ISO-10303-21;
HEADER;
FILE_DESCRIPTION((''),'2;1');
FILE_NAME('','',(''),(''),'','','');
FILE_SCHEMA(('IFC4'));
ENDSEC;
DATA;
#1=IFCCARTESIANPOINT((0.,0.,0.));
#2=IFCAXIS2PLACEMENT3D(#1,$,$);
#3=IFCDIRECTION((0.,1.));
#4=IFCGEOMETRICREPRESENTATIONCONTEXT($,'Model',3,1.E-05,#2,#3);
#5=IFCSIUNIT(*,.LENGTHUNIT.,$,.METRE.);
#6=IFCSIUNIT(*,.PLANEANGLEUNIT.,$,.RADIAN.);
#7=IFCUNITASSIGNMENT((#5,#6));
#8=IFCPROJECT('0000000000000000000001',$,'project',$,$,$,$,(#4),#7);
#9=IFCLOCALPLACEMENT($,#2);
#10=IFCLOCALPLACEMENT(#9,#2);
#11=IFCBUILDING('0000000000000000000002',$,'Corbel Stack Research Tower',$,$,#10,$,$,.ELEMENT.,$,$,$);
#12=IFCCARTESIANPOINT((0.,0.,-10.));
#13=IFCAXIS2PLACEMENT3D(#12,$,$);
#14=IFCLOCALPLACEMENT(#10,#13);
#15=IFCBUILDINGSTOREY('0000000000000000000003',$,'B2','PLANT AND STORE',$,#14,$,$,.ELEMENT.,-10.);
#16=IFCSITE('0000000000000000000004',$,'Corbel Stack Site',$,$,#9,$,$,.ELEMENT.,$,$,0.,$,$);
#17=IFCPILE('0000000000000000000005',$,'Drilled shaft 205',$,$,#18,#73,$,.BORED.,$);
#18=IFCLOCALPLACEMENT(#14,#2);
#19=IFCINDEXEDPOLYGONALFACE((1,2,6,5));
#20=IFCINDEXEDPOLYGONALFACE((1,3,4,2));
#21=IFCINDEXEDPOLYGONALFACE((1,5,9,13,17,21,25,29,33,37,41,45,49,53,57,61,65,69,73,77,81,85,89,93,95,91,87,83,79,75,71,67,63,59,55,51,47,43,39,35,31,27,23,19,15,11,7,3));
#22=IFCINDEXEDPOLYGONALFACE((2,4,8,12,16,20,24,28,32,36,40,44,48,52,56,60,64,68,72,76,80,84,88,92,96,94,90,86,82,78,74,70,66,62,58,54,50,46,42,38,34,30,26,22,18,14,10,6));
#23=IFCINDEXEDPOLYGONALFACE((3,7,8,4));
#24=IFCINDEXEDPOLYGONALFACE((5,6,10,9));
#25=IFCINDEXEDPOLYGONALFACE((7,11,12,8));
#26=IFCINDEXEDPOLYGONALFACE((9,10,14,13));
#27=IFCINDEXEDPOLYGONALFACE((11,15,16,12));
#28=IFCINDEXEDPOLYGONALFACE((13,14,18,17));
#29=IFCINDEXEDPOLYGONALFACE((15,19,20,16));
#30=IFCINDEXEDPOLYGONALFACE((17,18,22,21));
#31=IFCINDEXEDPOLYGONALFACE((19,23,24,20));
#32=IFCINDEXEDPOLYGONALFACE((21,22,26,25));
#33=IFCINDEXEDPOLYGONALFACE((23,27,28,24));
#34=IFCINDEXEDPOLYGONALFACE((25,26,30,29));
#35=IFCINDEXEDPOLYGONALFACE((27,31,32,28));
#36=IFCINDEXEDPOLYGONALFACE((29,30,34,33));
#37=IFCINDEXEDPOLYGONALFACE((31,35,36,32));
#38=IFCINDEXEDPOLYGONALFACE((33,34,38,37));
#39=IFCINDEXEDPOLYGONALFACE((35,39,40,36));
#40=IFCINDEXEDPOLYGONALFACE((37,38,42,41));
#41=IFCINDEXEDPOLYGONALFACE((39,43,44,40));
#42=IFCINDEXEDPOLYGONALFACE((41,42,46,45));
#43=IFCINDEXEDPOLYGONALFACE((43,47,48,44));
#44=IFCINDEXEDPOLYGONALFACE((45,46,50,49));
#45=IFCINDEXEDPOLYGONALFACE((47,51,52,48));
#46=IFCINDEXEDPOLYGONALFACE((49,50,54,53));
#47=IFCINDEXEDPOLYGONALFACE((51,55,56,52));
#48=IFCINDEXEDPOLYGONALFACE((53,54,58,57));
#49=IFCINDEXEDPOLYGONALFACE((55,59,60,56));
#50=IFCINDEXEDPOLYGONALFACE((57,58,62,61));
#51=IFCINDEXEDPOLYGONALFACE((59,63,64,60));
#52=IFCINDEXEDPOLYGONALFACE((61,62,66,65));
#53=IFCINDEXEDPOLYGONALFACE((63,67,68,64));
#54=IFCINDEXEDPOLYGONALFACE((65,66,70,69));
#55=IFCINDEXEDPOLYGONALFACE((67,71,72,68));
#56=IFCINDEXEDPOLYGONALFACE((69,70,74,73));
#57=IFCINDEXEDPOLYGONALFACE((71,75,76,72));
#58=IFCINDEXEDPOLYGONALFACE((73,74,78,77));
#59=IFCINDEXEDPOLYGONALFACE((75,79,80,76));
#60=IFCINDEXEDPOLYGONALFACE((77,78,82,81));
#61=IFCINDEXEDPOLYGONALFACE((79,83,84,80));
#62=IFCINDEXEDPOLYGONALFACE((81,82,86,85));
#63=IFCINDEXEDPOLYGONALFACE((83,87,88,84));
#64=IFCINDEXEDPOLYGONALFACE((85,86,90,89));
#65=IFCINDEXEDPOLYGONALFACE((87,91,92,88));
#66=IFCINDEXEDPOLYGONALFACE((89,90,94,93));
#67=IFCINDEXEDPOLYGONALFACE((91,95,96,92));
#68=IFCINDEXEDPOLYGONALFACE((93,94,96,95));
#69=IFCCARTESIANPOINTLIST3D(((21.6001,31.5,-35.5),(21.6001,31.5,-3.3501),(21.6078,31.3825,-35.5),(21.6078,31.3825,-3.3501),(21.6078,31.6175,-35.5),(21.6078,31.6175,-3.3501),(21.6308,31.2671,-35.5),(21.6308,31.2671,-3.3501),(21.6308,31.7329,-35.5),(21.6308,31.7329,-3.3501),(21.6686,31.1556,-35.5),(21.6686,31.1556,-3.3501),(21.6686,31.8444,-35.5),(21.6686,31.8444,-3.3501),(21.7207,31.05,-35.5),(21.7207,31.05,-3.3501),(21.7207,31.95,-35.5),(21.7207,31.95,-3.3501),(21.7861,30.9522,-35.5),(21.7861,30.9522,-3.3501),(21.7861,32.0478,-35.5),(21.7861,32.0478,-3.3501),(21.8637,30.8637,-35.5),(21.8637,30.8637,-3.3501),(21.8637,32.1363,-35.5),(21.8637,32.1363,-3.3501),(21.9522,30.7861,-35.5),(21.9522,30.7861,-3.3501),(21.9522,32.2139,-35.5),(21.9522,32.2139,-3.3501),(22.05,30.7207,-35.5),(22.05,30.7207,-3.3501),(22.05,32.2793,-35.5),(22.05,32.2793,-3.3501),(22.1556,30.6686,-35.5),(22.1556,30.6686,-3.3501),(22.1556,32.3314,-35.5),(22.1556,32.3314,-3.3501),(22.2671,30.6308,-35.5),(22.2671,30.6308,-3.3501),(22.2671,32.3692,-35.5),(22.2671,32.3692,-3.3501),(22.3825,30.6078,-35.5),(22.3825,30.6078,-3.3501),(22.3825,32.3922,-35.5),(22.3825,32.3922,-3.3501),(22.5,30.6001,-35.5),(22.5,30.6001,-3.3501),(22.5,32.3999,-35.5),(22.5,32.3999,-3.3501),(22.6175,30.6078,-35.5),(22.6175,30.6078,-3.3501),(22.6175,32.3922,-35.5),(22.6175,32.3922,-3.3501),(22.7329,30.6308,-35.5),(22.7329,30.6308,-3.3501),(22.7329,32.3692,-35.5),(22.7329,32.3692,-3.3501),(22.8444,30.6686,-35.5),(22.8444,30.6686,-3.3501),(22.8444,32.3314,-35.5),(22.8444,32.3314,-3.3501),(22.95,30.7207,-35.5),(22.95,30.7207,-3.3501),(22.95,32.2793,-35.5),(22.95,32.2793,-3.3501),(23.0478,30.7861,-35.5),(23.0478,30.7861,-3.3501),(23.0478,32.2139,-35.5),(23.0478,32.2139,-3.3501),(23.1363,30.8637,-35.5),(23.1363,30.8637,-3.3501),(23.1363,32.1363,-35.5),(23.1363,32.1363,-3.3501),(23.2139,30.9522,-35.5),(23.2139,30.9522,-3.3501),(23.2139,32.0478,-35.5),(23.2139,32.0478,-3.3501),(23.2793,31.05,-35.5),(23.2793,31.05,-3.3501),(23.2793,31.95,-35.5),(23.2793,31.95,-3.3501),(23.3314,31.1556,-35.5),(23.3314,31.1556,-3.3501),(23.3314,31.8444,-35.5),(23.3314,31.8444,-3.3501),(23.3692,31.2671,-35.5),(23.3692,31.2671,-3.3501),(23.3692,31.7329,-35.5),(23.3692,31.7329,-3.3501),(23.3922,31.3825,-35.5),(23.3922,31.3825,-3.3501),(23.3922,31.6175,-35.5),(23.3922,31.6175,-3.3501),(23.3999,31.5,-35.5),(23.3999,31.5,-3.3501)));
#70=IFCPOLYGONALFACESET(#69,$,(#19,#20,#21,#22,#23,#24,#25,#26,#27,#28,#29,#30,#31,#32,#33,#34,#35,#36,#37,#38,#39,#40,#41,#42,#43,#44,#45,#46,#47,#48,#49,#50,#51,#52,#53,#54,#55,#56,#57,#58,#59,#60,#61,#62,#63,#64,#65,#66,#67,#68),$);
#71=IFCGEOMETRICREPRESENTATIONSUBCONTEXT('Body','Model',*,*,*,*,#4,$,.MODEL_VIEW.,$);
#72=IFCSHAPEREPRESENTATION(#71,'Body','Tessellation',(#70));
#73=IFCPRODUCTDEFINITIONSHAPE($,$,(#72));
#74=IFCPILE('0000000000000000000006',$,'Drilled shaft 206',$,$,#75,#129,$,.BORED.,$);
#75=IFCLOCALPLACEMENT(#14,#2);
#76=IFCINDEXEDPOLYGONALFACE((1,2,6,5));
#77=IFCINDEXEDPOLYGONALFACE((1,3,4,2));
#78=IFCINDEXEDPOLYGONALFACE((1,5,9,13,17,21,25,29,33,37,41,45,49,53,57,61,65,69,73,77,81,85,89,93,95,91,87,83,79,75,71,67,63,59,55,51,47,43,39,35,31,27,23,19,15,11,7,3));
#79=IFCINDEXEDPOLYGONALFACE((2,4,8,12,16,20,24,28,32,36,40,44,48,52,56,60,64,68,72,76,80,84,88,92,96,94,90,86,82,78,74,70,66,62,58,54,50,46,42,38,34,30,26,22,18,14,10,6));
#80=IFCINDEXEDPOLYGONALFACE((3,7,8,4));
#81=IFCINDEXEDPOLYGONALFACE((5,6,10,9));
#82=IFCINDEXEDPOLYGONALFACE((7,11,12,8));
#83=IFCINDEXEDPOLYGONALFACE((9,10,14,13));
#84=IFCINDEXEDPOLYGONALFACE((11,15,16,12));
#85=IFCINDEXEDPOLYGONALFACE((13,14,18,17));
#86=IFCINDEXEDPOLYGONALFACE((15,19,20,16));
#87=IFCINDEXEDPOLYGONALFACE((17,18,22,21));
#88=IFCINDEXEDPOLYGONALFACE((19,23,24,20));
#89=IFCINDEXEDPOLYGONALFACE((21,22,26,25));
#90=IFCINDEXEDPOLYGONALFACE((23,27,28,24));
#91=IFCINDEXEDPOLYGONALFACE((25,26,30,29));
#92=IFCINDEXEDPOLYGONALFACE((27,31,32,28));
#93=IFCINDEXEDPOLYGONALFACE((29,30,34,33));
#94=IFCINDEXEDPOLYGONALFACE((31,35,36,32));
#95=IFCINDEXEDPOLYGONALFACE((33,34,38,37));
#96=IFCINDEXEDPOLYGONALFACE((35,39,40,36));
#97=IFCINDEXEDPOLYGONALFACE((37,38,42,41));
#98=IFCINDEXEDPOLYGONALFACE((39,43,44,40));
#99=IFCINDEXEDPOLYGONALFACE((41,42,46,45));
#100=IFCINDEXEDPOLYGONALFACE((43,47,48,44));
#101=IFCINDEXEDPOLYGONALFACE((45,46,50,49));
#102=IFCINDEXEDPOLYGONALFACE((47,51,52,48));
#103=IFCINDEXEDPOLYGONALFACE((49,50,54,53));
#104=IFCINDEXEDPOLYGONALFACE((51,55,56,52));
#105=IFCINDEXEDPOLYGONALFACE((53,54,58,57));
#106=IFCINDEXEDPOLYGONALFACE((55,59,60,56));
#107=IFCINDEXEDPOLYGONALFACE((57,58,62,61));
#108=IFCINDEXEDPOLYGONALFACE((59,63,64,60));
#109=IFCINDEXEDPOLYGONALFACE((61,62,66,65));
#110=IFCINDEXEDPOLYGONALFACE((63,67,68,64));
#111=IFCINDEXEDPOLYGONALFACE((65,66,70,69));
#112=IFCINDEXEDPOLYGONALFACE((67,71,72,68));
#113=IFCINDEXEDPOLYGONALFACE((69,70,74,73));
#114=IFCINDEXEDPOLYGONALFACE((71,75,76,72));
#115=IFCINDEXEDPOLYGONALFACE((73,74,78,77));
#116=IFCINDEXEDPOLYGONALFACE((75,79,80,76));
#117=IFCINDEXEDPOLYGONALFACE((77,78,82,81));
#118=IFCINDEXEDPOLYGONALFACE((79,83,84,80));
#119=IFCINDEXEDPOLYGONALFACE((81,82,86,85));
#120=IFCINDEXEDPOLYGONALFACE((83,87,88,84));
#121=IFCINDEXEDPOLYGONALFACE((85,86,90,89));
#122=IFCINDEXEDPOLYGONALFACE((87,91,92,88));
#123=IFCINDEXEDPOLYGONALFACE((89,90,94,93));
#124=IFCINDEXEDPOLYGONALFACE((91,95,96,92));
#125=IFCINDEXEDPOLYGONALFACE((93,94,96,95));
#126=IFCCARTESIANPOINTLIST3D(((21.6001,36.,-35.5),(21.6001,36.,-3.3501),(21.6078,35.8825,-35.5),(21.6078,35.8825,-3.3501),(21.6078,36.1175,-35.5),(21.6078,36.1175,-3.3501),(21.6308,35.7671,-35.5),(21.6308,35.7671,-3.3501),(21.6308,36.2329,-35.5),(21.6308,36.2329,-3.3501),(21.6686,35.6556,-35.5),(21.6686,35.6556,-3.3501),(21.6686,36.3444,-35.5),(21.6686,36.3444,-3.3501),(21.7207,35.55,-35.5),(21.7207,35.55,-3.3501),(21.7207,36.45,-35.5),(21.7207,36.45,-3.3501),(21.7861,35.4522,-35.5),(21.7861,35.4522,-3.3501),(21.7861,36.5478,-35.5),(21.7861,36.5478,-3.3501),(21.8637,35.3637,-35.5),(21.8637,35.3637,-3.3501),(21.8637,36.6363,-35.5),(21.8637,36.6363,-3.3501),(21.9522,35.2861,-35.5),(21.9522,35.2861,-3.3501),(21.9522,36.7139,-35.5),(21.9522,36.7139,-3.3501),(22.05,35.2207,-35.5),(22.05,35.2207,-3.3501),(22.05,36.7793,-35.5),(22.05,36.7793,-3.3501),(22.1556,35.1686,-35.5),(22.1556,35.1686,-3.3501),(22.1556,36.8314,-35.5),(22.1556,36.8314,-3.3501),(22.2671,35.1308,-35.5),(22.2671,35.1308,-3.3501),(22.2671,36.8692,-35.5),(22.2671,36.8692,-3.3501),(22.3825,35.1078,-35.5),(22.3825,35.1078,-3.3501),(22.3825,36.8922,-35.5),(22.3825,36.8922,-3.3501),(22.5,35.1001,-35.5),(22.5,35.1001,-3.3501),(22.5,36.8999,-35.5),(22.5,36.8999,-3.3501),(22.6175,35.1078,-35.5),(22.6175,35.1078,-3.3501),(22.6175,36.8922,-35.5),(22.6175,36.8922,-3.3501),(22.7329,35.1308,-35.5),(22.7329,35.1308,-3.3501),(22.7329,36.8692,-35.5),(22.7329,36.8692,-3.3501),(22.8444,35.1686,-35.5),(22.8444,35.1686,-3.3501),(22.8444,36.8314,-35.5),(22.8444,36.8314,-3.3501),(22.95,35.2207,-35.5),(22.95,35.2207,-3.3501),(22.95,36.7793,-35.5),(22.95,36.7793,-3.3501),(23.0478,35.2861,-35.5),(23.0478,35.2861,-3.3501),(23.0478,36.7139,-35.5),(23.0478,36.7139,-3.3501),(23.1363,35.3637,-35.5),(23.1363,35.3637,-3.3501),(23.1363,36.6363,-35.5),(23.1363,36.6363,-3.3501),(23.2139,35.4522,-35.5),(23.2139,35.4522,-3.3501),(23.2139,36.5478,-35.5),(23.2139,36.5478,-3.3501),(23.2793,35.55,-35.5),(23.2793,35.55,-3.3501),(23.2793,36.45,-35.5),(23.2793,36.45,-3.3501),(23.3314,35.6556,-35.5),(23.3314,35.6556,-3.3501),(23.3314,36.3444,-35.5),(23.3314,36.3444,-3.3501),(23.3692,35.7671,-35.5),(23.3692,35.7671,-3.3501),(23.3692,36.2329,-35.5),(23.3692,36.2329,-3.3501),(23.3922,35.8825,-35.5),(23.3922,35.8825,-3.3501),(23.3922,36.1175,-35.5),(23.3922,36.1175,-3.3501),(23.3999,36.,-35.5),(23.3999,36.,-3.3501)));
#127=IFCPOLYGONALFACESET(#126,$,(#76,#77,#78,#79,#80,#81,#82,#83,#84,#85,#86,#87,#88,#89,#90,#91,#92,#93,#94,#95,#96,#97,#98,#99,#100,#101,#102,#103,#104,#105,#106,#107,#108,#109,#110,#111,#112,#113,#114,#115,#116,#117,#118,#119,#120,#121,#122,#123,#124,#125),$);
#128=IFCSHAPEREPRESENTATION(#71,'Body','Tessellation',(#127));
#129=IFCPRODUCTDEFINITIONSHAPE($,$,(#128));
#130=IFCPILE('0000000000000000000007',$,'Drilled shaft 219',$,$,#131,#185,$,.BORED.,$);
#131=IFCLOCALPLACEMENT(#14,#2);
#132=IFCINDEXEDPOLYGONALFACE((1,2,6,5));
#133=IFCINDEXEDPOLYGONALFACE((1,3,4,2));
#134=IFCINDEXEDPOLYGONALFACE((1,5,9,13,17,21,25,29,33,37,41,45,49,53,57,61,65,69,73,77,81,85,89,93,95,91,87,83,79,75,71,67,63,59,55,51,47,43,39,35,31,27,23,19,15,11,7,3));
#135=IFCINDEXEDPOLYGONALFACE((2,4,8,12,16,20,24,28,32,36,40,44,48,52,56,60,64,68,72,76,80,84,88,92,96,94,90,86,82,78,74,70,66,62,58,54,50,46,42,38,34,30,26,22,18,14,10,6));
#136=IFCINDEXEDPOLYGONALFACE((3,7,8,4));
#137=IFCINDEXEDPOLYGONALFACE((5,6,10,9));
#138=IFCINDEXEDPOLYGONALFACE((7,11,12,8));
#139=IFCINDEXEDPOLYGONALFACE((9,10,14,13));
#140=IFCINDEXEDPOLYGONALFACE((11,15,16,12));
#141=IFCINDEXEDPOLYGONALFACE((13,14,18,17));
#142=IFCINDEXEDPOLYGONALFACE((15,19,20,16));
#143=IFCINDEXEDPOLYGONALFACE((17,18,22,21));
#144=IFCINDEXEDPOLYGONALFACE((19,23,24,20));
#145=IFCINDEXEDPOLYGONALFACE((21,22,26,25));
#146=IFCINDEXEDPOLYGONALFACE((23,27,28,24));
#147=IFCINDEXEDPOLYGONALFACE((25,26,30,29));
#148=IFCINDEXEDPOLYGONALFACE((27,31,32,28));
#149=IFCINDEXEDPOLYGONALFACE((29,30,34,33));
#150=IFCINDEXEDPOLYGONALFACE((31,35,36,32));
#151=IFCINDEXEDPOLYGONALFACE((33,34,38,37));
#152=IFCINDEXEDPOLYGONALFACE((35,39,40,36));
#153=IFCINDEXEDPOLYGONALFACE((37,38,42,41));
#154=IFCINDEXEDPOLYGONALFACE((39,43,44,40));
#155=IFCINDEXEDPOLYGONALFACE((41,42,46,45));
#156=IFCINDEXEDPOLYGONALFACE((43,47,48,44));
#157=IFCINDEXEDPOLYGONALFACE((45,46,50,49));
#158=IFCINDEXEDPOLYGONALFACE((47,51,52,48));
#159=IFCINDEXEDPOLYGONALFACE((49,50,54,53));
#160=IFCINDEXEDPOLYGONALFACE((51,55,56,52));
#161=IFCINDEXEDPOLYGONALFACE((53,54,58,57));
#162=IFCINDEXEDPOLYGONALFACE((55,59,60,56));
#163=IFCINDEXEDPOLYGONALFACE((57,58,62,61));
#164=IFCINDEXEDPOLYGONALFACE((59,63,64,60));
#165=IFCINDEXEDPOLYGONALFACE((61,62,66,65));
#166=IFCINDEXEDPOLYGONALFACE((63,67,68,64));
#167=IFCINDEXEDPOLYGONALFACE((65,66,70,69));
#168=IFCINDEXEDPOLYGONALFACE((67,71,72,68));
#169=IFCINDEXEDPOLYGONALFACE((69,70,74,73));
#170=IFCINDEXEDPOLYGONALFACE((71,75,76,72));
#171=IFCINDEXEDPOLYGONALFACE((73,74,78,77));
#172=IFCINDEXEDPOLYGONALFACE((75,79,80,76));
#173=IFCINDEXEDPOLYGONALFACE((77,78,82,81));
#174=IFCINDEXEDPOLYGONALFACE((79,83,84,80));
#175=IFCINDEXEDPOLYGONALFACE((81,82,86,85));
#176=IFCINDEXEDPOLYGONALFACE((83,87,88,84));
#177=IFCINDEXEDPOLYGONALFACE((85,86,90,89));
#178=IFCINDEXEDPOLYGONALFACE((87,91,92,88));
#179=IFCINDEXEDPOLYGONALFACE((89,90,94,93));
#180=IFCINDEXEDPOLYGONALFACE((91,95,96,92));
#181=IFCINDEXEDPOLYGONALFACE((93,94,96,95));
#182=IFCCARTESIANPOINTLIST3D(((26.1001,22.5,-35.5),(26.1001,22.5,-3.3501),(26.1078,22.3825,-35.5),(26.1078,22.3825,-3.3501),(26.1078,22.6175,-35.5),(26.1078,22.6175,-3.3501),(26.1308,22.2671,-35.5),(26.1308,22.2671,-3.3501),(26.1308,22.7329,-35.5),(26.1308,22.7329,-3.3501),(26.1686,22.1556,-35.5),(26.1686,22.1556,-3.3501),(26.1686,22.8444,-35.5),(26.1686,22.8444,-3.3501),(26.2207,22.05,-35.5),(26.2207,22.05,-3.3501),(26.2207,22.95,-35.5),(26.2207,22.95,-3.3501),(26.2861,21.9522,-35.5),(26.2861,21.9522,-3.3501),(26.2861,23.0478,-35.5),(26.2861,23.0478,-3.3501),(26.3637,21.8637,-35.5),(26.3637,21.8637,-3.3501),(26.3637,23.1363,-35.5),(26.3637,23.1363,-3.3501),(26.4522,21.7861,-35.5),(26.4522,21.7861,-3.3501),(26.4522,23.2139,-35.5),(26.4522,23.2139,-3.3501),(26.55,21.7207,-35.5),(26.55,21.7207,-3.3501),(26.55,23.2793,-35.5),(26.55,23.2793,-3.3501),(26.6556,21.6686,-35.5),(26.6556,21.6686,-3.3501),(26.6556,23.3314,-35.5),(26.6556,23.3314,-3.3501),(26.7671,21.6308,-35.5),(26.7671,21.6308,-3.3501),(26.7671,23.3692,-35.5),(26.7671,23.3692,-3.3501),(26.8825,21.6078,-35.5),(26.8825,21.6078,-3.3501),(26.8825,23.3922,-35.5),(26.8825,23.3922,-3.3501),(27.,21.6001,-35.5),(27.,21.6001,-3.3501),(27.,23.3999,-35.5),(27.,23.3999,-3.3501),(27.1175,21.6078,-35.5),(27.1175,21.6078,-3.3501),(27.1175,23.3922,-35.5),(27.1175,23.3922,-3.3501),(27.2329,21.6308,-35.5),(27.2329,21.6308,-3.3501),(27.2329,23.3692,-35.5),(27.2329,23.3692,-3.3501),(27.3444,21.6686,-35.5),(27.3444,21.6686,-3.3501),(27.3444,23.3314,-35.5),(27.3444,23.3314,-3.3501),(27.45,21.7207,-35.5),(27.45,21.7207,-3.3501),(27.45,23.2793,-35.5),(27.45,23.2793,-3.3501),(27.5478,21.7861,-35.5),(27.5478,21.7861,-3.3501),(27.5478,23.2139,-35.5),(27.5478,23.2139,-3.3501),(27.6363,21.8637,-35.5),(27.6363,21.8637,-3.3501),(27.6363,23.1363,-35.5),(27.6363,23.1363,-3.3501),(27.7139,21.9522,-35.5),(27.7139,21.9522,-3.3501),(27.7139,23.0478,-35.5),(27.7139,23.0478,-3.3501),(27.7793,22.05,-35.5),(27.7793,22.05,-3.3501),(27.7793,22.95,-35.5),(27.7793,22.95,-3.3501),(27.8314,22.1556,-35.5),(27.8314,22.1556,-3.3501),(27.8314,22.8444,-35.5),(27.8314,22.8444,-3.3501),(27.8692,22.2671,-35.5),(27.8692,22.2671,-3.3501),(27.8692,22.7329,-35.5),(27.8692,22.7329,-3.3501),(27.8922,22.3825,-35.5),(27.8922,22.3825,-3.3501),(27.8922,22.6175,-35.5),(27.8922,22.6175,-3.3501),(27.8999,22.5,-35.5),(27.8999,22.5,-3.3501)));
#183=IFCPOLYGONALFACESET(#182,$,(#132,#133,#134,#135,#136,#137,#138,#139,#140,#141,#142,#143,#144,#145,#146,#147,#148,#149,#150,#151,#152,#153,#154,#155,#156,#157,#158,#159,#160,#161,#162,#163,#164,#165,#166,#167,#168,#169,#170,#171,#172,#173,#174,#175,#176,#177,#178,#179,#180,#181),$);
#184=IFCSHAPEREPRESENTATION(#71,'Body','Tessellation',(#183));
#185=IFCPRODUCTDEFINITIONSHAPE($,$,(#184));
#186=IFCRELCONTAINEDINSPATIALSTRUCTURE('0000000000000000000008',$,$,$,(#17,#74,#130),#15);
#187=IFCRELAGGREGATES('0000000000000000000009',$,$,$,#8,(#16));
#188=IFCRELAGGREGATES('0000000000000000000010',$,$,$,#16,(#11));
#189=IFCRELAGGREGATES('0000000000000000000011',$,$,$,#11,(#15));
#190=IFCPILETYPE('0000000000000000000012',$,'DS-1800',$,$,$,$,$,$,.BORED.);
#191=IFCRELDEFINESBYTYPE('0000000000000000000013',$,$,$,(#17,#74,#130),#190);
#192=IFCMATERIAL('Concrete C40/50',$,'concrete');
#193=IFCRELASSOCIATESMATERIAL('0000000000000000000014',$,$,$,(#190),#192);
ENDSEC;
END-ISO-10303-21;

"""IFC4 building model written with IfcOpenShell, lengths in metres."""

from ifc_helpers import new_model, si_unit, direction, frame, origin, origin_2d, place, context, subcontext, project, spatial, circle, extrude, material, material_profile, profile_set, type_object, element, save


model = new_model("IFC4")

# Units and contexts
model_context = context("Model", 3, precision=1e-05, world=origin(), true_north=direction((0.0, 1.0)))
body_context = subcontext(model_context, "Body", "Model", "MODEL_VIEW")
ifc_project = project(units=[si_unit("LENGTHUNIT", "METRE"), si_unit("PLANEANGLEUNIT", "RADIAN")], contexts=[model_context])

# Site, building, storey
site_placement = place(None, origin())
site = spatial("IfcSite", under=ifc_project, at=site_placement, Name="Corbel Stack Site", CompositionType="ELEMENT", RefElevation=0.0)
building_placement = place(site_placement, origin())
building = spatial("IfcBuilding", under=site, at=building_placement, Name="Corbel Stack Research Tower", CompositionType="ELEMENT")
storey_placement = place(building_placement, frame((0.0, 0.0, -10.0)))
storey = spatial("IfcBuildingStorey", under=building, at=storey_placement, Name="B2", Description="PLANT AND STORE", CompositionType="ELEMENT", Elevation=-10.0)

# Piles
ifc_material_1 = material(Name="Concrete C40/50", Category="concrete")
ifc_material_profile_1 = material_profile(ifc_material_1, circle(Radius=0.8999, at=origin_2d()), Name="Shaft 1800")
ifc_profile_set_1 = profile_set([ifc_material_profile_1], Name="Concrete C40/50")
pile_type = type_object("IfcPileType", Name="DS-1800", PredefinedType="BORED", material=ifc_profile_set_1)
for number, where, z_axis, x_axis, name in (
    (1, (22.5, 31.5, -3.3501), (0.0, 0.0, -1.0), (1.0, 0.0, 0.0), "Drilled shaft 205"),
    (2, (22.5, 36.0, -3.3501), (0.0, 0.0, -1.0), (1.0, 0.0, 0.0), "Drilled shaft 206"),
    (3, (27.0, 22.5, -3.3501), (0.0, 0.0, -1.0), (1.0, 0.0, 0.0), "Drilled shaft 219"),
):
    element("IfcPile", number, at=place(storey_placement, frame(where, z_axis=z_axis, x_axis=x_axis)), inside=storey, type_object=pile_type, Name=name, PredefinedType="BORED", context=body_context, shape_type="SweptSolid", body=[
        extrude(circle(Radius=0.8999, at=origin_2d()), origin(), (0.0, 0.0, 1.0), 32.1499),
    ])

save(model, "model.ifc")
